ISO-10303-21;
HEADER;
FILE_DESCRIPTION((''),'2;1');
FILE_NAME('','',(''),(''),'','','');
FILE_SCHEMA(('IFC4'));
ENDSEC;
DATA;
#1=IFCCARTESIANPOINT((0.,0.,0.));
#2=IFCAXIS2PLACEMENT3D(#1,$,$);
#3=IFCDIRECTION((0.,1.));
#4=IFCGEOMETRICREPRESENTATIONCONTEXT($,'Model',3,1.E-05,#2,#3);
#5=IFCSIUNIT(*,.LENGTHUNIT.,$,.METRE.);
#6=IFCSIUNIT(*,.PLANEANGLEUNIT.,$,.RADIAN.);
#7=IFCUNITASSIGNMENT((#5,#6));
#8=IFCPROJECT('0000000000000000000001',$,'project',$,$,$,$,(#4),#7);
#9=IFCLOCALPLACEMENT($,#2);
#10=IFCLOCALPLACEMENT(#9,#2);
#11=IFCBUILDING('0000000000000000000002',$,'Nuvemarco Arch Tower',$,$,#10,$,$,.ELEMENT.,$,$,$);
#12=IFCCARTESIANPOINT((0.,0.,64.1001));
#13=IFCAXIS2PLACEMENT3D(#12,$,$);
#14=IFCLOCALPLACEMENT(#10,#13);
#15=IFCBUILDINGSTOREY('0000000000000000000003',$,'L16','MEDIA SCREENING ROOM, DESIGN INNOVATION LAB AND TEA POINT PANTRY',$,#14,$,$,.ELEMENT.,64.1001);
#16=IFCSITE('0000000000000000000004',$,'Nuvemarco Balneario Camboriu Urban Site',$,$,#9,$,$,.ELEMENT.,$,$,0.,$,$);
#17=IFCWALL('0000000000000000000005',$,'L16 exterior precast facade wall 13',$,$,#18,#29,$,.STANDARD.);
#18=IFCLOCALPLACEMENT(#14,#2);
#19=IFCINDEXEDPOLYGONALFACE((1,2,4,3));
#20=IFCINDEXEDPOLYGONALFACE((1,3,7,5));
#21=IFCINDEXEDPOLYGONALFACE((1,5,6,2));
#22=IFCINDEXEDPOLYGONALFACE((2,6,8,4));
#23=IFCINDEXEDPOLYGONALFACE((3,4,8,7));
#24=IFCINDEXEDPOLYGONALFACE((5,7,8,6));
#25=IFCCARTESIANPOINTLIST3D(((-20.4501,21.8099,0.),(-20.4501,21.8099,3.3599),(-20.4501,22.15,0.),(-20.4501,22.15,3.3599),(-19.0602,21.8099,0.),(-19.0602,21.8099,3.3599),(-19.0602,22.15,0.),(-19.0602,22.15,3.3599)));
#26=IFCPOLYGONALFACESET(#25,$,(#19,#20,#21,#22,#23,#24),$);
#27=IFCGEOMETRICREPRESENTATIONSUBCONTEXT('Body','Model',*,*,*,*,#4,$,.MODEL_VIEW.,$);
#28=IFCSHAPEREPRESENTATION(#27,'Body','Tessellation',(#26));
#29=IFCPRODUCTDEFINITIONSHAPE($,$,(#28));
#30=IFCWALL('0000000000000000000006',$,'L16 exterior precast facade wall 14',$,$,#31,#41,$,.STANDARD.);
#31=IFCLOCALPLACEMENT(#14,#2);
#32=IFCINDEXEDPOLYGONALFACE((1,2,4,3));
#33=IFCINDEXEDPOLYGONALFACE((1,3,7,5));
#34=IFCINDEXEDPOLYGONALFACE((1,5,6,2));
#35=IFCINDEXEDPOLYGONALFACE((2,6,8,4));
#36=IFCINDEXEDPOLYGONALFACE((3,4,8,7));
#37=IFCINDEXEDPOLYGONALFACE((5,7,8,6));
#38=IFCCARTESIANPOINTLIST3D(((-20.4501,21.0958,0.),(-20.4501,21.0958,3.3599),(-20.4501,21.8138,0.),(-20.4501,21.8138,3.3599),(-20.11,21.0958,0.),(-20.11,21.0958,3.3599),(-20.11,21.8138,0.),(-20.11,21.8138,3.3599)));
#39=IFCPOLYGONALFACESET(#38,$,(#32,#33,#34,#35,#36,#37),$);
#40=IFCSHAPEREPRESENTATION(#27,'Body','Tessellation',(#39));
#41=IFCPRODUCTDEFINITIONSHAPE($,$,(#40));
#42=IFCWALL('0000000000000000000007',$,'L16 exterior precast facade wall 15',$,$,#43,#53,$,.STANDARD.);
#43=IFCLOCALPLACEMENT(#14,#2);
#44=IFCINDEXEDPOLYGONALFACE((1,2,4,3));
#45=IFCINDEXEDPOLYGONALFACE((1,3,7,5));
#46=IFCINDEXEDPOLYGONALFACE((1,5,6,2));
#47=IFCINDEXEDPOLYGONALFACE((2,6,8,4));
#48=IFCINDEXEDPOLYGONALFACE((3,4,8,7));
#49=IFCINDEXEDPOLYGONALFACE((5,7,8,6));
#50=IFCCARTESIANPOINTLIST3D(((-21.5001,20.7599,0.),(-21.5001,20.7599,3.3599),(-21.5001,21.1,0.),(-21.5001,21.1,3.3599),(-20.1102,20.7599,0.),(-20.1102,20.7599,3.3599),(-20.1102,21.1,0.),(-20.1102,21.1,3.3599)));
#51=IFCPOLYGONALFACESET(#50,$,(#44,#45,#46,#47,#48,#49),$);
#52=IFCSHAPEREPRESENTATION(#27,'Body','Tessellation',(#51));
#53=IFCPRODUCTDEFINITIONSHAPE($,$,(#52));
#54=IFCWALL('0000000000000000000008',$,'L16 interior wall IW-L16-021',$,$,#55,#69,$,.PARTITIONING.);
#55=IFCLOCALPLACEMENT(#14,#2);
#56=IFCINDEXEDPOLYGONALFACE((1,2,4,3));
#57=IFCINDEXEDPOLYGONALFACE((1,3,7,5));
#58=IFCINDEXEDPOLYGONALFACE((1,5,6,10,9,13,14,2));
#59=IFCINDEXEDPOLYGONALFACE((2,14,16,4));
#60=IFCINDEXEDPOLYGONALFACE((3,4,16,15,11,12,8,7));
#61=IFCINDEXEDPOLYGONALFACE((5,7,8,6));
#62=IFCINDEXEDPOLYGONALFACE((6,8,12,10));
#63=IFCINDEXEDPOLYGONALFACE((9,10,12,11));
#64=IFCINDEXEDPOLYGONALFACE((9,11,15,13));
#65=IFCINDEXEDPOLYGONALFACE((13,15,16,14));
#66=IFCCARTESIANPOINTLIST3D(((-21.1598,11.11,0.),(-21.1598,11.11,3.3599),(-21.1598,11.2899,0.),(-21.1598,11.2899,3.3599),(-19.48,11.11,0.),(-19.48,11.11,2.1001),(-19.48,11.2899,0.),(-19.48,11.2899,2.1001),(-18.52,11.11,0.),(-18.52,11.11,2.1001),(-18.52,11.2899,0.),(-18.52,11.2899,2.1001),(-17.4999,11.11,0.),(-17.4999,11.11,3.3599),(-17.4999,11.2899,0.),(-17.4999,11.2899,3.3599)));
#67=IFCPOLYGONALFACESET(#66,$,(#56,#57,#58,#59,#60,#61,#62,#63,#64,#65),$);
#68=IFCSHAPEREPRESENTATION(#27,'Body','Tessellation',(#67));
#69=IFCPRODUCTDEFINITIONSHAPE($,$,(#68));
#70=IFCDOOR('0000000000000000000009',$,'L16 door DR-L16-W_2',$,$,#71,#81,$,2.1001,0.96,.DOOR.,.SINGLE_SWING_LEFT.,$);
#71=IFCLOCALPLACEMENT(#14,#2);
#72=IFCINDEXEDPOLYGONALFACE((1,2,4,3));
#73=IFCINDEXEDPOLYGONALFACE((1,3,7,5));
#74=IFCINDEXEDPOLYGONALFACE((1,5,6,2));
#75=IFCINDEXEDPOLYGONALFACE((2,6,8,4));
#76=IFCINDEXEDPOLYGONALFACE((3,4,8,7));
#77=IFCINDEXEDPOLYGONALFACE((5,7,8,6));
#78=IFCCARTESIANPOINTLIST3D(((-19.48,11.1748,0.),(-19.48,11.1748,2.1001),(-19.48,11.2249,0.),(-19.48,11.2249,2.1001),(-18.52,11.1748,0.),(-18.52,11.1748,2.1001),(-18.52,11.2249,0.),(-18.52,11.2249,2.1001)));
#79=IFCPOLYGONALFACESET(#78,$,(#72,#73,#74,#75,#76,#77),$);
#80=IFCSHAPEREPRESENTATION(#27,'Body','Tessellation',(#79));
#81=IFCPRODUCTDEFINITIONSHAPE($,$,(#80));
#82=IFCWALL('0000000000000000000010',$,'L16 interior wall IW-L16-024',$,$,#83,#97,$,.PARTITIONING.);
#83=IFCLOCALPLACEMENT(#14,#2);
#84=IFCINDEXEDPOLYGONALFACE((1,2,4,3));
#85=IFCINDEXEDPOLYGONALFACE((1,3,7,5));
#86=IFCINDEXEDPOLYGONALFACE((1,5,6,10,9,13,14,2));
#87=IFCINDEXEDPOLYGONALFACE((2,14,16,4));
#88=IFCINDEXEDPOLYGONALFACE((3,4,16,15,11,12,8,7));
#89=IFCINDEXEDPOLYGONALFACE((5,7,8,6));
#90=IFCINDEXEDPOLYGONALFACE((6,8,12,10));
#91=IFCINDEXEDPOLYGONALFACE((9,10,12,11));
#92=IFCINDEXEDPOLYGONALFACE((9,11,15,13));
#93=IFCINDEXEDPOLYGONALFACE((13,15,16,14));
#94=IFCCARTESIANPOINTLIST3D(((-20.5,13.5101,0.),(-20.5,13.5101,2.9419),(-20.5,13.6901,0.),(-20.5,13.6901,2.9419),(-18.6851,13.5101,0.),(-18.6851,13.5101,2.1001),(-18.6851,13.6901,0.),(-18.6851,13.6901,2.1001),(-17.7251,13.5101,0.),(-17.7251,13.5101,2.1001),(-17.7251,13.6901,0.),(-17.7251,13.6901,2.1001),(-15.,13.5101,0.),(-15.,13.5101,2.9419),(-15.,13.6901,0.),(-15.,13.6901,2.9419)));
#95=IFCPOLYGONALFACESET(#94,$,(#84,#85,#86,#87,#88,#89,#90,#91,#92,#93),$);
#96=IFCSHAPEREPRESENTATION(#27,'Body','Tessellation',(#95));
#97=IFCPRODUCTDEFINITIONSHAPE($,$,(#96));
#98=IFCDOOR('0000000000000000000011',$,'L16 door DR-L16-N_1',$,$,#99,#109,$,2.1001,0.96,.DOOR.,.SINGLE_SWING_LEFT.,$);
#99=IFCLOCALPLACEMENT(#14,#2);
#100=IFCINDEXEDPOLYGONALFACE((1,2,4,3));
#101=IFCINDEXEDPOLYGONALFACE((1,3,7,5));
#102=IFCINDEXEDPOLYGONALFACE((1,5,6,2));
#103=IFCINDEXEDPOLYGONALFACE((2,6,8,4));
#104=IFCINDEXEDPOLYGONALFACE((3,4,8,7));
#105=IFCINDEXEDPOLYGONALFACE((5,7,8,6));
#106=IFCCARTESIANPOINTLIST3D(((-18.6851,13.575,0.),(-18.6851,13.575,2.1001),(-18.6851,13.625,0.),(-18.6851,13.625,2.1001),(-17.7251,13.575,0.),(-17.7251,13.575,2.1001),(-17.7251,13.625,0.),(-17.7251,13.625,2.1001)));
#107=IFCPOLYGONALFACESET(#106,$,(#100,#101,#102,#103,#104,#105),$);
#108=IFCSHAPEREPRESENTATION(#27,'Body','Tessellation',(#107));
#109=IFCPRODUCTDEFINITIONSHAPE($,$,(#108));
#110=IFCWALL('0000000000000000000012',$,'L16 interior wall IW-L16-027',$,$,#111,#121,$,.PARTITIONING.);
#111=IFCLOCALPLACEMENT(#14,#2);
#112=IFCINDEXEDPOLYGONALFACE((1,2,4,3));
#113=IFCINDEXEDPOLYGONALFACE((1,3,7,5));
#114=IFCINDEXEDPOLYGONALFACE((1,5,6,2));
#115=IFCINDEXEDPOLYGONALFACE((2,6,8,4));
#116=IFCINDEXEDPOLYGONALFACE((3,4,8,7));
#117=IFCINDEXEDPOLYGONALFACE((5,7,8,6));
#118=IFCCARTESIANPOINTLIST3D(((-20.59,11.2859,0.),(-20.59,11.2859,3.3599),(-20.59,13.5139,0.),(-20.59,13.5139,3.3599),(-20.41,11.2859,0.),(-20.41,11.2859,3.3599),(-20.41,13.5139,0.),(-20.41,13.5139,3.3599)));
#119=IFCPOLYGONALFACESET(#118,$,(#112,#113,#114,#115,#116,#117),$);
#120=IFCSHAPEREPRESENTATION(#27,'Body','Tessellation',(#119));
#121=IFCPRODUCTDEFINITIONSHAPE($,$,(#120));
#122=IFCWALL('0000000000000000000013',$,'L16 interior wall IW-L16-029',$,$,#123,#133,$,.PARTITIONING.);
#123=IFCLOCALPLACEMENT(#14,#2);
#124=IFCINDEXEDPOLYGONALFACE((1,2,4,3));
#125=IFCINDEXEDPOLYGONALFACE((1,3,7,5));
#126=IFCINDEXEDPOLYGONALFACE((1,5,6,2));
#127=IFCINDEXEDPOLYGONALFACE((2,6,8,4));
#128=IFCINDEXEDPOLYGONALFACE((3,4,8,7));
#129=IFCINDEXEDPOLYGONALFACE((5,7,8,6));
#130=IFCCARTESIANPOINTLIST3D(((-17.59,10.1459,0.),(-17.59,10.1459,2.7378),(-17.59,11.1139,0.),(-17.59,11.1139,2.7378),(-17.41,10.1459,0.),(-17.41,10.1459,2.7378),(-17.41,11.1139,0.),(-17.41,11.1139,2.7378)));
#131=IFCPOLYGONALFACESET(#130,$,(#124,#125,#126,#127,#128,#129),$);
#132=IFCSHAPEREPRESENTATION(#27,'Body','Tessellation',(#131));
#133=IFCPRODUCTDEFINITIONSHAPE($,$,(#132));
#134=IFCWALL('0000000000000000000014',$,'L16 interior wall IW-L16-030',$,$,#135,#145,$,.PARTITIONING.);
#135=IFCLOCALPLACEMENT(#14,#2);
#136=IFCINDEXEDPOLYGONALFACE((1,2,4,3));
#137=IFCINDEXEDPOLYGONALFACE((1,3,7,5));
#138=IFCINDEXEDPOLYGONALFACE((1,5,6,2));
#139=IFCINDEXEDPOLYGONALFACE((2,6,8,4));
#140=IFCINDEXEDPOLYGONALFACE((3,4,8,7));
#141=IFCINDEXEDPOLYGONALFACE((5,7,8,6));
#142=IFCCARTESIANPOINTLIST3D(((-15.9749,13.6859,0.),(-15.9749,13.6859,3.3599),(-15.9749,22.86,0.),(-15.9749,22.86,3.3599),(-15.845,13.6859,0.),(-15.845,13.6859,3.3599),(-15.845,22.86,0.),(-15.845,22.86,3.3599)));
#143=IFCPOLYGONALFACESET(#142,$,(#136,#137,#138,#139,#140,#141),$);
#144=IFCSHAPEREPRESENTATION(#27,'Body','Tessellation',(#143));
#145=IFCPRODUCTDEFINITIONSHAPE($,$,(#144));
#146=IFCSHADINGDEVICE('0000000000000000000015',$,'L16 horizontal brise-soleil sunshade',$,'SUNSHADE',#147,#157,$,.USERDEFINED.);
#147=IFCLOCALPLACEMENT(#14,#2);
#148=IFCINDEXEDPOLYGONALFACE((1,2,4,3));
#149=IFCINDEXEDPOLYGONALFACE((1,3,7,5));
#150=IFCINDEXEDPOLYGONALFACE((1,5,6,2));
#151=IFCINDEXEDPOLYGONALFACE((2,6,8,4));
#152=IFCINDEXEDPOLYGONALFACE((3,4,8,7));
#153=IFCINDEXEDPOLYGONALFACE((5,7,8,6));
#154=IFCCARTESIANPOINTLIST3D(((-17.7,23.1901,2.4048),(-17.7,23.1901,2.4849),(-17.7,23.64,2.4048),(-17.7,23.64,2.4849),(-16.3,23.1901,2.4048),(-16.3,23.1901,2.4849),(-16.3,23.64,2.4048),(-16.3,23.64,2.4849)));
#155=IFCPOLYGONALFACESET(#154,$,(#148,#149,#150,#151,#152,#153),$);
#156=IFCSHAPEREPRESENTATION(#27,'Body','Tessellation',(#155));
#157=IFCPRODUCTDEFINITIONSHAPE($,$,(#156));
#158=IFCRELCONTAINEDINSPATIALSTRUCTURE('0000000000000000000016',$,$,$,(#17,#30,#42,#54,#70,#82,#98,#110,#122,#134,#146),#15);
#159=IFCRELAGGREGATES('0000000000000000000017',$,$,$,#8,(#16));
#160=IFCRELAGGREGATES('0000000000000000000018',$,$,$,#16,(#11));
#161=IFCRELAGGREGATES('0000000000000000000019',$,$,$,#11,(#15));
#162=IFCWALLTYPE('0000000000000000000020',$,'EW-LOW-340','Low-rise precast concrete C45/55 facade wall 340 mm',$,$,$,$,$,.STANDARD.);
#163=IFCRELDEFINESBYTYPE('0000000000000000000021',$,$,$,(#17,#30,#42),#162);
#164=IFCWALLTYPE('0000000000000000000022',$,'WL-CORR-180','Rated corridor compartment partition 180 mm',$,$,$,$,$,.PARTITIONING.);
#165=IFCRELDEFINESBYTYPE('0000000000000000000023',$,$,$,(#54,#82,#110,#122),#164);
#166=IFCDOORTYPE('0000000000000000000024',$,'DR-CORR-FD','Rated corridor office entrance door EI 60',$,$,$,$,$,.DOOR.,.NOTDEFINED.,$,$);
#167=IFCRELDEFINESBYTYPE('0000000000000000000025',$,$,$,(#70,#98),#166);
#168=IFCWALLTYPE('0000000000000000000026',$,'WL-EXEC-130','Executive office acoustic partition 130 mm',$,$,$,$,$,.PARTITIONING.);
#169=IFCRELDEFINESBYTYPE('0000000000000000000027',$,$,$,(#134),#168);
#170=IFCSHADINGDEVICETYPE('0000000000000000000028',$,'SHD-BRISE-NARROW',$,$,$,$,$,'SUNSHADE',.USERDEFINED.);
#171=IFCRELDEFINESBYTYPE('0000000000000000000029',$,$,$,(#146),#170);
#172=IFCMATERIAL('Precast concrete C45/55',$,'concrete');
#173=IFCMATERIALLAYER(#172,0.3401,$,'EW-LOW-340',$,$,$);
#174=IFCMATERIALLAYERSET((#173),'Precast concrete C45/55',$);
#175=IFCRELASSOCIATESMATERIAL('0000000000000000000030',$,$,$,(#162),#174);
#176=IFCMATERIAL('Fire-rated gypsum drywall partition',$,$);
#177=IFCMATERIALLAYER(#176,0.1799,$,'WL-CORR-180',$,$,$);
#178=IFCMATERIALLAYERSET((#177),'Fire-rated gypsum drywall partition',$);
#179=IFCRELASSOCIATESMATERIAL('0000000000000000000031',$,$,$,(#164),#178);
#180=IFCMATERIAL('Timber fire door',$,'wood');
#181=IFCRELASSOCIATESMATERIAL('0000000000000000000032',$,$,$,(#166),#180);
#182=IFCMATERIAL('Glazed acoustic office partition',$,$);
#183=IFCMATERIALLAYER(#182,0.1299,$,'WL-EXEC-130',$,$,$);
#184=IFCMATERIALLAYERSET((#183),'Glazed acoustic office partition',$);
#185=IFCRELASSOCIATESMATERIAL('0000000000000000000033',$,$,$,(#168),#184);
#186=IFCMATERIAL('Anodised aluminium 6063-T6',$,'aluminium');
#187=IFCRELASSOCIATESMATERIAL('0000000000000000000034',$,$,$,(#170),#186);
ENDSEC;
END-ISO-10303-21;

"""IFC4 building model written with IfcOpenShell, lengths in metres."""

from ifc_helpers import new_model, si_unit, direction, frame, frame_2d, origin, origin_2d, place, context, subcontext, project, spatial, rectangle, extrude, source, transform, mapped, material, layer, layer_set, type_object, type_shapes, element, fill, save


model = new_model("IFC4")

# Units and contexts
model_context = context("Model", 3, precision=1e-05, world=origin(), true_north=direction((0.0, 1.0)))
body_context = subcontext(model_context, "Body", "Model", "MODEL_VIEW")
ifc_project = project(units=[si_unit("LENGTHUNIT", "METRE"), si_unit("PLANEANGLEUNIT", "RADIAN")], contexts=[model_context])

# Site, building, storey
site_placement = place(None, origin())
site = spatial("IfcSite", under=ifc_project, at=site_placement, Name="Nuvemarco Balneario Camboriu Urban Site", CompositionType="ELEMENT", RefElevation=0.0)
building_placement = place(site_placement, origin())
building = spatial("IfcBuilding", under=site, at=building_placement, Name="Nuvemarco Arch Tower", CompositionType="ELEMENT")
storey_placement = place(building_placement, frame((0.0, 0.0, 64.1001)))
storey = spatial("IfcBuildingStorey", under=building, at=storey_placement, Name="L16", Description="MEDIA SCREENING ROOM, DESIGN INNOVATION LAB AND TEA POINT PANTRY", CompositionType="ELEMENT", Elevation=64.1001)

# Shared definitions
ifc_material_1 = material(Name="Precast concrete C45/55", Category="concrete")
ifc_layer_1 = layer(ifc_material_1, 0.3401, Name="EW-LOW-340")
ifc_layer_set_1 = layer_set([ifc_layer_1], Name="Precast concrete C45/55")
wall_type_1 = type_object("IfcWallType", Name="EW-LOW-340", Description="Low-rise precast concrete C45/55 facade wall 340 mm", PredefinedType="STANDARD", material=ifc_layer_set_1)

# Walls
wall_1_placement = place(storey_placement, frame((-20.45, 21.98, 0.0), z_axis=(0.0, 0.0, 1.0), x_axis=(1.0, 0.0, 0.0)))
element("IfcWall", 1, at=wall_1_placement, inside=storey, type_object=wall_type_1, Name="L16 exterior precast facade wall 13", PredefinedType="STANDARD", context=body_context, shape_type="SweptSolid", body=[
    extrude(rectangle(XDim=1.3899, YDim=0.3401, at=frame_2d((0.6948, 0.0))), origin(), (0.0, 0.0, 1.0), 3.3599),
])
wall_2_placement = place(storey_placement, frame((-20.28, 21.0959, 0.0), z_axis=(0.0, 0.0, 1.0), x_axis=(0.0, 1.0, 0.0)))
element("IfcWall", 2, at=wall_2_placement, inside=storey, type_object=wall_type_1, Name="L16 exterior precast facade wall 14", PredefinedType="STANDARD", context=body_context, shape_type="SweptSolid", body=[
    extrude(rectangle(XDim=0.718, YDim=0.3401, at=frame_2d((0.3589, 0.0))), origin(), (0.0, 0.0, 1.0), 3.3599),
])
wall_3_placement = place(storey_placement, frame((-21.5, 20.9299, 0.0), z_axis=(0.0, 0.0, 1.0), x_axis=(1.0, 0.0, 0.0)))
element("IfcWall", 3, at=wall_3_placement, inside=storey, type_object=wall_type_1, Name="L16 exterior precast facade wall 15", PredefinedType="STANDARD", context=body_context, shape_type="SweptSolid", body=[
    extrude(rectangle(XDim=1.3899, YDim=0.3401, at=frame_2d((0.6948, 0.0))), origin(), (0.0, 0.0, 1.0), 3.3599),
])

# Walls, openings, doors
ifc_material_2 = material(Name="Fire-rated gypsum drywall partition")
ifc_layer_2 = layer(ifc_material_2, 0.1799, Name="WL-CORR-180")
ifc_layer_set_2 = layer_set([ifc_layer_2], Name="Fire-rated gypsum drywall partition")
wall_type_2 = type_object("IfcWallType", Name="WL-CORR-180", Description="Rated corridor compartment partition 180 mm", PredefinedType="PARTITIONING", material=ifc_layer_set_2)
wall_4_placement = place(storey_placement, frame((-21.1599, 11.2, 0.0), z_axis=(0.0, 0.0, 1.0), x_axis=(1.0, 0.0, 0.0)))
wall_4 = element("IfcWall", 4, at=wall_4_placement, inside=storey, type_object=wall_type_2, Name="L16 interior wall IW-L16-021", PredefinedType="PARTITIONING", context=body_context, shape_type="SweptSolid", body=[
    extrude(rectangle(XDim=3.6599, YDim=0.1799, at=frame_2d((1.8301, 0.0))), origin(), (0.0, 0.0, 1.0), 3.3599),
])
opening_1_placement = place(wall_4_placement, frame((1.6799, 0.0, 0.0)))
opening_1 = element("IfcOpeningElement", 5, at=opening_1_placement, cuts=wall_4, PredefinedType="OPENING", context=body_context, shape_type="SweptSolid", body=[
    extrude(rectangle(XDim=0.96, YDim=2.1001, at=frame_2d((0.48, 1.05))), frame((0.0, 0.0999, 0.0), z_axis=(0.0, -1.0, 0.0), x_axis=(1.0, 0.0, 0.0)), (0.0, 0.0, 1.0), 0.2),
])
ifc_material_3 = material(Name="Timber fire door", Category="wood")
door_type = type_object("IfcDoorType", Name="DR-CORR-FD", Description="Rated corridor office entrance door EI 60", OperationType="NOTDEFINED", PredefinedType="DOOR", material=ifc_material_3)
shared_shape_1 = source(origin(), body_context, "Body", "SweptSolid", [
    extrude(rectangle(XDim=0.96, YDim=2.1001, at=frame_2d((0.48, 1.05))), frame((0.0, 0.0249, 0.0), z_axis=(0.0, -1.0, 0.0), x_axis=(1.0, 0.0, 0.0)), (0.0, 0.0, 1.0), 0.05),
])
type_shapes(door_type, [shared_shape_1])
door_1_placement = place(opening_1_placement, origin())
door_1 = element("IfcDoor", 6, at=door_1_placement, inside=storey, type_object=door_type, Name="L16 door DR-L16-W_2", OperationType="SINGLE_SWING_LEFT", OverallHeight=2.1001, OverallWidth=0.96, PredefinedType="DOOR", context=body_context, shape_type="MappedRepresentation", body=[
    mapped(shared_shape_1, transform((0.0, 0.0, 0.0), scale=1.0)),
])
fill(opening_1, door_1)
wall_5_placement = place(storey_placement, frame((-20.5, 13.6001, 0.0), z_axis=(0.0, 0.0, 1.0), x_axis=(1.0, 0.0, 0.0)))
wall_5 = element("IfcWall", 7, at=wall_5_placement, inside=storey, type_object=wall_type_2, Name="L16 interior wall IW-L16-024", PredefinedType="PARTITIONING", context=body_context, shape_type="SweptSolid", body=[
    extrude(rectangle(XDim=5.5, YDim=0.1799, at=frame_2d((2.75, 0.0))), origin(), (0.0, 0.0, 1.0), 2.9419),
])
opening_2_placement = place(wall_5_placement, frame((1.8149, 0.0, 0.0)))
opening_2 = element("IfcOpeningElement", 8, at=opening_2_placement, cuts=wall_5, PredefinedType="OPENING", context=body_context, shape_type="SweptSolid", body=[
    extrude(rectangle(XDim=0.96, YDim=2.1001, at=frame_2d((0.48, 1.05))), frame((0.0, 0.0999, 0.0), z_axis=(0.0, -1.0, 0.0), x_axis=(1.0, 0.0, 0.0)), (0.0, 0.0, 1.0), 0.2),
])
door_2_placement = place(opening_2_placement, origin())
door_2 = element("IfcDoor", 9, at=door_2_placement, inside=storey, type_object=door_type, Name="L16 door DR-L16-N_1", OperationType="SINGLE_SWING_LEFT", OverallHeight=2.1001, OverallWidth=0.96, PredefinedType="DOOR", context=body_context, shape_type="MappedRepresentation", body=[
    mapped(shared_shape_1, transform((0.0, 0.0, 0.0), scale=1.0)),
])
fill(opening_2, door_2)

# Walls
wall_6_placement = place(storey_placement, frame((-20.5, 11.2859, 0.0), z_axis=(0.0, 0.0, 1.0), x_axis=(0.0, 1.0, 0.0)))
element("IfcWall", 10, at=wall_6_placement, inside=storey, type_object=wall_type_2, Name="L16 interior wall IW-L16-027", PredefinedType="PARTITIONING", context=body_context, shape_type="SweptSolid", body=[
    extrude(rectangle(XDim=2.228, YDim=0.1799, at=frame_2d((1.114, 0.0))), origin(), (0.0, 0.0, 1.0), 3.3599),
])
wall_7_placement = place(storey_placement, frame((-17.5, 10.146, 0.0), z_axis=(0.0, 0.0, 1.0), x_axis=(0.0, 1.0, 0.0)))
element("IfcWall", 11, at=wall_7_placement, inside=storey, type_object=wall_type_2, Name="L16 interior wall IW-L16-029", PredefinedType="PARTITIONING", context=body_context, shape_type="SweptSolid", body=[
    extrude(rectangle(XDim=0.968, YDim=0.1799, at=frame_2d((0.4839, 0.0))), origin(), (0.0, 0.0, 1.0), 2.7378),
])
ifc_material_4 = material(Name="Glazed acoustic office partition")
ifc_layer_3 = layer(ifc_material_4, 0.1299, Name="WL-EXEC-130")
ifc_layer_set_3 = layer_set([ifc_layer_3], Name="Glazed acoustic office partition")
wall_type_3 = type_object("IfcWallType", Name="WL-EXEC-130", Description="Executive office acoustic partition 130 mm", PredefinedType="PARTITIONING", material=ifc_layer_set_3)
wall_8_placement = place(storey_placement, frame((-15.9099, 13.686, 0.0), z_axis=(0.0, 0.0, 1.0), x_axis=(0.0, 1.0, 0.0)))
element("IfcWall", 12, at=wall_8_placement, inside=storey, type_object=wall_type_3, Name="L16 interior wall IW-L16-030", PredefinedType="PARTITIONING", context=body_context, shape_type="SweptSolid", body=[
    extrude(rectangle(XDim=9.1741, YDim=0.1299, at=frame_2d((4.5869, 0.0))), origin(), (0.0, 0.0, 1.0), 3.3599),
])

# Shading device
ifc_material_5 = material(Name="Anodised aluminium 6063-T6", Category="aluminium")
shading_device_type = type_object("IfcShadingDeviceType", Name="SHD-BRISE-NARROW", ElementType="SUNSHADE", PredefinedType="USERDEFINED", material=ifc_material_5)
shared_shape_2 = source(origin(), body_context, "Body", "SweptSolid", [
    extrude(rectangle(XDim=1.3999, YDim=0.45, at=origin_2d()), origin(), (0.0, 0.0, 1.0), 0.0801),
])
type_shapes(shading_device_type, [shared_shape_2])
shading_device_placement = place(storey_placement, frame((-17.0, 23.415, 2.4048), z_axis=(0.0, 0.0, 1.0), x_axis=(1.0, 0.0, 0.0)))
element("IfcShadingDevice", 13, at=shading_device_placement, inside=storey, type_object=shading_device_type, Name="L16 horizontal brise-soleil sunshade", ObjectType="SUNSHADE", PredefinedType="USERDEFINED", context=body_context, shape_type="MappedRepresentation", body=[
    mapped(shared_shape_2, transform((0.0, 0.0, 0.0), scale=1.0)),
])

save(model, "model.ifc")
